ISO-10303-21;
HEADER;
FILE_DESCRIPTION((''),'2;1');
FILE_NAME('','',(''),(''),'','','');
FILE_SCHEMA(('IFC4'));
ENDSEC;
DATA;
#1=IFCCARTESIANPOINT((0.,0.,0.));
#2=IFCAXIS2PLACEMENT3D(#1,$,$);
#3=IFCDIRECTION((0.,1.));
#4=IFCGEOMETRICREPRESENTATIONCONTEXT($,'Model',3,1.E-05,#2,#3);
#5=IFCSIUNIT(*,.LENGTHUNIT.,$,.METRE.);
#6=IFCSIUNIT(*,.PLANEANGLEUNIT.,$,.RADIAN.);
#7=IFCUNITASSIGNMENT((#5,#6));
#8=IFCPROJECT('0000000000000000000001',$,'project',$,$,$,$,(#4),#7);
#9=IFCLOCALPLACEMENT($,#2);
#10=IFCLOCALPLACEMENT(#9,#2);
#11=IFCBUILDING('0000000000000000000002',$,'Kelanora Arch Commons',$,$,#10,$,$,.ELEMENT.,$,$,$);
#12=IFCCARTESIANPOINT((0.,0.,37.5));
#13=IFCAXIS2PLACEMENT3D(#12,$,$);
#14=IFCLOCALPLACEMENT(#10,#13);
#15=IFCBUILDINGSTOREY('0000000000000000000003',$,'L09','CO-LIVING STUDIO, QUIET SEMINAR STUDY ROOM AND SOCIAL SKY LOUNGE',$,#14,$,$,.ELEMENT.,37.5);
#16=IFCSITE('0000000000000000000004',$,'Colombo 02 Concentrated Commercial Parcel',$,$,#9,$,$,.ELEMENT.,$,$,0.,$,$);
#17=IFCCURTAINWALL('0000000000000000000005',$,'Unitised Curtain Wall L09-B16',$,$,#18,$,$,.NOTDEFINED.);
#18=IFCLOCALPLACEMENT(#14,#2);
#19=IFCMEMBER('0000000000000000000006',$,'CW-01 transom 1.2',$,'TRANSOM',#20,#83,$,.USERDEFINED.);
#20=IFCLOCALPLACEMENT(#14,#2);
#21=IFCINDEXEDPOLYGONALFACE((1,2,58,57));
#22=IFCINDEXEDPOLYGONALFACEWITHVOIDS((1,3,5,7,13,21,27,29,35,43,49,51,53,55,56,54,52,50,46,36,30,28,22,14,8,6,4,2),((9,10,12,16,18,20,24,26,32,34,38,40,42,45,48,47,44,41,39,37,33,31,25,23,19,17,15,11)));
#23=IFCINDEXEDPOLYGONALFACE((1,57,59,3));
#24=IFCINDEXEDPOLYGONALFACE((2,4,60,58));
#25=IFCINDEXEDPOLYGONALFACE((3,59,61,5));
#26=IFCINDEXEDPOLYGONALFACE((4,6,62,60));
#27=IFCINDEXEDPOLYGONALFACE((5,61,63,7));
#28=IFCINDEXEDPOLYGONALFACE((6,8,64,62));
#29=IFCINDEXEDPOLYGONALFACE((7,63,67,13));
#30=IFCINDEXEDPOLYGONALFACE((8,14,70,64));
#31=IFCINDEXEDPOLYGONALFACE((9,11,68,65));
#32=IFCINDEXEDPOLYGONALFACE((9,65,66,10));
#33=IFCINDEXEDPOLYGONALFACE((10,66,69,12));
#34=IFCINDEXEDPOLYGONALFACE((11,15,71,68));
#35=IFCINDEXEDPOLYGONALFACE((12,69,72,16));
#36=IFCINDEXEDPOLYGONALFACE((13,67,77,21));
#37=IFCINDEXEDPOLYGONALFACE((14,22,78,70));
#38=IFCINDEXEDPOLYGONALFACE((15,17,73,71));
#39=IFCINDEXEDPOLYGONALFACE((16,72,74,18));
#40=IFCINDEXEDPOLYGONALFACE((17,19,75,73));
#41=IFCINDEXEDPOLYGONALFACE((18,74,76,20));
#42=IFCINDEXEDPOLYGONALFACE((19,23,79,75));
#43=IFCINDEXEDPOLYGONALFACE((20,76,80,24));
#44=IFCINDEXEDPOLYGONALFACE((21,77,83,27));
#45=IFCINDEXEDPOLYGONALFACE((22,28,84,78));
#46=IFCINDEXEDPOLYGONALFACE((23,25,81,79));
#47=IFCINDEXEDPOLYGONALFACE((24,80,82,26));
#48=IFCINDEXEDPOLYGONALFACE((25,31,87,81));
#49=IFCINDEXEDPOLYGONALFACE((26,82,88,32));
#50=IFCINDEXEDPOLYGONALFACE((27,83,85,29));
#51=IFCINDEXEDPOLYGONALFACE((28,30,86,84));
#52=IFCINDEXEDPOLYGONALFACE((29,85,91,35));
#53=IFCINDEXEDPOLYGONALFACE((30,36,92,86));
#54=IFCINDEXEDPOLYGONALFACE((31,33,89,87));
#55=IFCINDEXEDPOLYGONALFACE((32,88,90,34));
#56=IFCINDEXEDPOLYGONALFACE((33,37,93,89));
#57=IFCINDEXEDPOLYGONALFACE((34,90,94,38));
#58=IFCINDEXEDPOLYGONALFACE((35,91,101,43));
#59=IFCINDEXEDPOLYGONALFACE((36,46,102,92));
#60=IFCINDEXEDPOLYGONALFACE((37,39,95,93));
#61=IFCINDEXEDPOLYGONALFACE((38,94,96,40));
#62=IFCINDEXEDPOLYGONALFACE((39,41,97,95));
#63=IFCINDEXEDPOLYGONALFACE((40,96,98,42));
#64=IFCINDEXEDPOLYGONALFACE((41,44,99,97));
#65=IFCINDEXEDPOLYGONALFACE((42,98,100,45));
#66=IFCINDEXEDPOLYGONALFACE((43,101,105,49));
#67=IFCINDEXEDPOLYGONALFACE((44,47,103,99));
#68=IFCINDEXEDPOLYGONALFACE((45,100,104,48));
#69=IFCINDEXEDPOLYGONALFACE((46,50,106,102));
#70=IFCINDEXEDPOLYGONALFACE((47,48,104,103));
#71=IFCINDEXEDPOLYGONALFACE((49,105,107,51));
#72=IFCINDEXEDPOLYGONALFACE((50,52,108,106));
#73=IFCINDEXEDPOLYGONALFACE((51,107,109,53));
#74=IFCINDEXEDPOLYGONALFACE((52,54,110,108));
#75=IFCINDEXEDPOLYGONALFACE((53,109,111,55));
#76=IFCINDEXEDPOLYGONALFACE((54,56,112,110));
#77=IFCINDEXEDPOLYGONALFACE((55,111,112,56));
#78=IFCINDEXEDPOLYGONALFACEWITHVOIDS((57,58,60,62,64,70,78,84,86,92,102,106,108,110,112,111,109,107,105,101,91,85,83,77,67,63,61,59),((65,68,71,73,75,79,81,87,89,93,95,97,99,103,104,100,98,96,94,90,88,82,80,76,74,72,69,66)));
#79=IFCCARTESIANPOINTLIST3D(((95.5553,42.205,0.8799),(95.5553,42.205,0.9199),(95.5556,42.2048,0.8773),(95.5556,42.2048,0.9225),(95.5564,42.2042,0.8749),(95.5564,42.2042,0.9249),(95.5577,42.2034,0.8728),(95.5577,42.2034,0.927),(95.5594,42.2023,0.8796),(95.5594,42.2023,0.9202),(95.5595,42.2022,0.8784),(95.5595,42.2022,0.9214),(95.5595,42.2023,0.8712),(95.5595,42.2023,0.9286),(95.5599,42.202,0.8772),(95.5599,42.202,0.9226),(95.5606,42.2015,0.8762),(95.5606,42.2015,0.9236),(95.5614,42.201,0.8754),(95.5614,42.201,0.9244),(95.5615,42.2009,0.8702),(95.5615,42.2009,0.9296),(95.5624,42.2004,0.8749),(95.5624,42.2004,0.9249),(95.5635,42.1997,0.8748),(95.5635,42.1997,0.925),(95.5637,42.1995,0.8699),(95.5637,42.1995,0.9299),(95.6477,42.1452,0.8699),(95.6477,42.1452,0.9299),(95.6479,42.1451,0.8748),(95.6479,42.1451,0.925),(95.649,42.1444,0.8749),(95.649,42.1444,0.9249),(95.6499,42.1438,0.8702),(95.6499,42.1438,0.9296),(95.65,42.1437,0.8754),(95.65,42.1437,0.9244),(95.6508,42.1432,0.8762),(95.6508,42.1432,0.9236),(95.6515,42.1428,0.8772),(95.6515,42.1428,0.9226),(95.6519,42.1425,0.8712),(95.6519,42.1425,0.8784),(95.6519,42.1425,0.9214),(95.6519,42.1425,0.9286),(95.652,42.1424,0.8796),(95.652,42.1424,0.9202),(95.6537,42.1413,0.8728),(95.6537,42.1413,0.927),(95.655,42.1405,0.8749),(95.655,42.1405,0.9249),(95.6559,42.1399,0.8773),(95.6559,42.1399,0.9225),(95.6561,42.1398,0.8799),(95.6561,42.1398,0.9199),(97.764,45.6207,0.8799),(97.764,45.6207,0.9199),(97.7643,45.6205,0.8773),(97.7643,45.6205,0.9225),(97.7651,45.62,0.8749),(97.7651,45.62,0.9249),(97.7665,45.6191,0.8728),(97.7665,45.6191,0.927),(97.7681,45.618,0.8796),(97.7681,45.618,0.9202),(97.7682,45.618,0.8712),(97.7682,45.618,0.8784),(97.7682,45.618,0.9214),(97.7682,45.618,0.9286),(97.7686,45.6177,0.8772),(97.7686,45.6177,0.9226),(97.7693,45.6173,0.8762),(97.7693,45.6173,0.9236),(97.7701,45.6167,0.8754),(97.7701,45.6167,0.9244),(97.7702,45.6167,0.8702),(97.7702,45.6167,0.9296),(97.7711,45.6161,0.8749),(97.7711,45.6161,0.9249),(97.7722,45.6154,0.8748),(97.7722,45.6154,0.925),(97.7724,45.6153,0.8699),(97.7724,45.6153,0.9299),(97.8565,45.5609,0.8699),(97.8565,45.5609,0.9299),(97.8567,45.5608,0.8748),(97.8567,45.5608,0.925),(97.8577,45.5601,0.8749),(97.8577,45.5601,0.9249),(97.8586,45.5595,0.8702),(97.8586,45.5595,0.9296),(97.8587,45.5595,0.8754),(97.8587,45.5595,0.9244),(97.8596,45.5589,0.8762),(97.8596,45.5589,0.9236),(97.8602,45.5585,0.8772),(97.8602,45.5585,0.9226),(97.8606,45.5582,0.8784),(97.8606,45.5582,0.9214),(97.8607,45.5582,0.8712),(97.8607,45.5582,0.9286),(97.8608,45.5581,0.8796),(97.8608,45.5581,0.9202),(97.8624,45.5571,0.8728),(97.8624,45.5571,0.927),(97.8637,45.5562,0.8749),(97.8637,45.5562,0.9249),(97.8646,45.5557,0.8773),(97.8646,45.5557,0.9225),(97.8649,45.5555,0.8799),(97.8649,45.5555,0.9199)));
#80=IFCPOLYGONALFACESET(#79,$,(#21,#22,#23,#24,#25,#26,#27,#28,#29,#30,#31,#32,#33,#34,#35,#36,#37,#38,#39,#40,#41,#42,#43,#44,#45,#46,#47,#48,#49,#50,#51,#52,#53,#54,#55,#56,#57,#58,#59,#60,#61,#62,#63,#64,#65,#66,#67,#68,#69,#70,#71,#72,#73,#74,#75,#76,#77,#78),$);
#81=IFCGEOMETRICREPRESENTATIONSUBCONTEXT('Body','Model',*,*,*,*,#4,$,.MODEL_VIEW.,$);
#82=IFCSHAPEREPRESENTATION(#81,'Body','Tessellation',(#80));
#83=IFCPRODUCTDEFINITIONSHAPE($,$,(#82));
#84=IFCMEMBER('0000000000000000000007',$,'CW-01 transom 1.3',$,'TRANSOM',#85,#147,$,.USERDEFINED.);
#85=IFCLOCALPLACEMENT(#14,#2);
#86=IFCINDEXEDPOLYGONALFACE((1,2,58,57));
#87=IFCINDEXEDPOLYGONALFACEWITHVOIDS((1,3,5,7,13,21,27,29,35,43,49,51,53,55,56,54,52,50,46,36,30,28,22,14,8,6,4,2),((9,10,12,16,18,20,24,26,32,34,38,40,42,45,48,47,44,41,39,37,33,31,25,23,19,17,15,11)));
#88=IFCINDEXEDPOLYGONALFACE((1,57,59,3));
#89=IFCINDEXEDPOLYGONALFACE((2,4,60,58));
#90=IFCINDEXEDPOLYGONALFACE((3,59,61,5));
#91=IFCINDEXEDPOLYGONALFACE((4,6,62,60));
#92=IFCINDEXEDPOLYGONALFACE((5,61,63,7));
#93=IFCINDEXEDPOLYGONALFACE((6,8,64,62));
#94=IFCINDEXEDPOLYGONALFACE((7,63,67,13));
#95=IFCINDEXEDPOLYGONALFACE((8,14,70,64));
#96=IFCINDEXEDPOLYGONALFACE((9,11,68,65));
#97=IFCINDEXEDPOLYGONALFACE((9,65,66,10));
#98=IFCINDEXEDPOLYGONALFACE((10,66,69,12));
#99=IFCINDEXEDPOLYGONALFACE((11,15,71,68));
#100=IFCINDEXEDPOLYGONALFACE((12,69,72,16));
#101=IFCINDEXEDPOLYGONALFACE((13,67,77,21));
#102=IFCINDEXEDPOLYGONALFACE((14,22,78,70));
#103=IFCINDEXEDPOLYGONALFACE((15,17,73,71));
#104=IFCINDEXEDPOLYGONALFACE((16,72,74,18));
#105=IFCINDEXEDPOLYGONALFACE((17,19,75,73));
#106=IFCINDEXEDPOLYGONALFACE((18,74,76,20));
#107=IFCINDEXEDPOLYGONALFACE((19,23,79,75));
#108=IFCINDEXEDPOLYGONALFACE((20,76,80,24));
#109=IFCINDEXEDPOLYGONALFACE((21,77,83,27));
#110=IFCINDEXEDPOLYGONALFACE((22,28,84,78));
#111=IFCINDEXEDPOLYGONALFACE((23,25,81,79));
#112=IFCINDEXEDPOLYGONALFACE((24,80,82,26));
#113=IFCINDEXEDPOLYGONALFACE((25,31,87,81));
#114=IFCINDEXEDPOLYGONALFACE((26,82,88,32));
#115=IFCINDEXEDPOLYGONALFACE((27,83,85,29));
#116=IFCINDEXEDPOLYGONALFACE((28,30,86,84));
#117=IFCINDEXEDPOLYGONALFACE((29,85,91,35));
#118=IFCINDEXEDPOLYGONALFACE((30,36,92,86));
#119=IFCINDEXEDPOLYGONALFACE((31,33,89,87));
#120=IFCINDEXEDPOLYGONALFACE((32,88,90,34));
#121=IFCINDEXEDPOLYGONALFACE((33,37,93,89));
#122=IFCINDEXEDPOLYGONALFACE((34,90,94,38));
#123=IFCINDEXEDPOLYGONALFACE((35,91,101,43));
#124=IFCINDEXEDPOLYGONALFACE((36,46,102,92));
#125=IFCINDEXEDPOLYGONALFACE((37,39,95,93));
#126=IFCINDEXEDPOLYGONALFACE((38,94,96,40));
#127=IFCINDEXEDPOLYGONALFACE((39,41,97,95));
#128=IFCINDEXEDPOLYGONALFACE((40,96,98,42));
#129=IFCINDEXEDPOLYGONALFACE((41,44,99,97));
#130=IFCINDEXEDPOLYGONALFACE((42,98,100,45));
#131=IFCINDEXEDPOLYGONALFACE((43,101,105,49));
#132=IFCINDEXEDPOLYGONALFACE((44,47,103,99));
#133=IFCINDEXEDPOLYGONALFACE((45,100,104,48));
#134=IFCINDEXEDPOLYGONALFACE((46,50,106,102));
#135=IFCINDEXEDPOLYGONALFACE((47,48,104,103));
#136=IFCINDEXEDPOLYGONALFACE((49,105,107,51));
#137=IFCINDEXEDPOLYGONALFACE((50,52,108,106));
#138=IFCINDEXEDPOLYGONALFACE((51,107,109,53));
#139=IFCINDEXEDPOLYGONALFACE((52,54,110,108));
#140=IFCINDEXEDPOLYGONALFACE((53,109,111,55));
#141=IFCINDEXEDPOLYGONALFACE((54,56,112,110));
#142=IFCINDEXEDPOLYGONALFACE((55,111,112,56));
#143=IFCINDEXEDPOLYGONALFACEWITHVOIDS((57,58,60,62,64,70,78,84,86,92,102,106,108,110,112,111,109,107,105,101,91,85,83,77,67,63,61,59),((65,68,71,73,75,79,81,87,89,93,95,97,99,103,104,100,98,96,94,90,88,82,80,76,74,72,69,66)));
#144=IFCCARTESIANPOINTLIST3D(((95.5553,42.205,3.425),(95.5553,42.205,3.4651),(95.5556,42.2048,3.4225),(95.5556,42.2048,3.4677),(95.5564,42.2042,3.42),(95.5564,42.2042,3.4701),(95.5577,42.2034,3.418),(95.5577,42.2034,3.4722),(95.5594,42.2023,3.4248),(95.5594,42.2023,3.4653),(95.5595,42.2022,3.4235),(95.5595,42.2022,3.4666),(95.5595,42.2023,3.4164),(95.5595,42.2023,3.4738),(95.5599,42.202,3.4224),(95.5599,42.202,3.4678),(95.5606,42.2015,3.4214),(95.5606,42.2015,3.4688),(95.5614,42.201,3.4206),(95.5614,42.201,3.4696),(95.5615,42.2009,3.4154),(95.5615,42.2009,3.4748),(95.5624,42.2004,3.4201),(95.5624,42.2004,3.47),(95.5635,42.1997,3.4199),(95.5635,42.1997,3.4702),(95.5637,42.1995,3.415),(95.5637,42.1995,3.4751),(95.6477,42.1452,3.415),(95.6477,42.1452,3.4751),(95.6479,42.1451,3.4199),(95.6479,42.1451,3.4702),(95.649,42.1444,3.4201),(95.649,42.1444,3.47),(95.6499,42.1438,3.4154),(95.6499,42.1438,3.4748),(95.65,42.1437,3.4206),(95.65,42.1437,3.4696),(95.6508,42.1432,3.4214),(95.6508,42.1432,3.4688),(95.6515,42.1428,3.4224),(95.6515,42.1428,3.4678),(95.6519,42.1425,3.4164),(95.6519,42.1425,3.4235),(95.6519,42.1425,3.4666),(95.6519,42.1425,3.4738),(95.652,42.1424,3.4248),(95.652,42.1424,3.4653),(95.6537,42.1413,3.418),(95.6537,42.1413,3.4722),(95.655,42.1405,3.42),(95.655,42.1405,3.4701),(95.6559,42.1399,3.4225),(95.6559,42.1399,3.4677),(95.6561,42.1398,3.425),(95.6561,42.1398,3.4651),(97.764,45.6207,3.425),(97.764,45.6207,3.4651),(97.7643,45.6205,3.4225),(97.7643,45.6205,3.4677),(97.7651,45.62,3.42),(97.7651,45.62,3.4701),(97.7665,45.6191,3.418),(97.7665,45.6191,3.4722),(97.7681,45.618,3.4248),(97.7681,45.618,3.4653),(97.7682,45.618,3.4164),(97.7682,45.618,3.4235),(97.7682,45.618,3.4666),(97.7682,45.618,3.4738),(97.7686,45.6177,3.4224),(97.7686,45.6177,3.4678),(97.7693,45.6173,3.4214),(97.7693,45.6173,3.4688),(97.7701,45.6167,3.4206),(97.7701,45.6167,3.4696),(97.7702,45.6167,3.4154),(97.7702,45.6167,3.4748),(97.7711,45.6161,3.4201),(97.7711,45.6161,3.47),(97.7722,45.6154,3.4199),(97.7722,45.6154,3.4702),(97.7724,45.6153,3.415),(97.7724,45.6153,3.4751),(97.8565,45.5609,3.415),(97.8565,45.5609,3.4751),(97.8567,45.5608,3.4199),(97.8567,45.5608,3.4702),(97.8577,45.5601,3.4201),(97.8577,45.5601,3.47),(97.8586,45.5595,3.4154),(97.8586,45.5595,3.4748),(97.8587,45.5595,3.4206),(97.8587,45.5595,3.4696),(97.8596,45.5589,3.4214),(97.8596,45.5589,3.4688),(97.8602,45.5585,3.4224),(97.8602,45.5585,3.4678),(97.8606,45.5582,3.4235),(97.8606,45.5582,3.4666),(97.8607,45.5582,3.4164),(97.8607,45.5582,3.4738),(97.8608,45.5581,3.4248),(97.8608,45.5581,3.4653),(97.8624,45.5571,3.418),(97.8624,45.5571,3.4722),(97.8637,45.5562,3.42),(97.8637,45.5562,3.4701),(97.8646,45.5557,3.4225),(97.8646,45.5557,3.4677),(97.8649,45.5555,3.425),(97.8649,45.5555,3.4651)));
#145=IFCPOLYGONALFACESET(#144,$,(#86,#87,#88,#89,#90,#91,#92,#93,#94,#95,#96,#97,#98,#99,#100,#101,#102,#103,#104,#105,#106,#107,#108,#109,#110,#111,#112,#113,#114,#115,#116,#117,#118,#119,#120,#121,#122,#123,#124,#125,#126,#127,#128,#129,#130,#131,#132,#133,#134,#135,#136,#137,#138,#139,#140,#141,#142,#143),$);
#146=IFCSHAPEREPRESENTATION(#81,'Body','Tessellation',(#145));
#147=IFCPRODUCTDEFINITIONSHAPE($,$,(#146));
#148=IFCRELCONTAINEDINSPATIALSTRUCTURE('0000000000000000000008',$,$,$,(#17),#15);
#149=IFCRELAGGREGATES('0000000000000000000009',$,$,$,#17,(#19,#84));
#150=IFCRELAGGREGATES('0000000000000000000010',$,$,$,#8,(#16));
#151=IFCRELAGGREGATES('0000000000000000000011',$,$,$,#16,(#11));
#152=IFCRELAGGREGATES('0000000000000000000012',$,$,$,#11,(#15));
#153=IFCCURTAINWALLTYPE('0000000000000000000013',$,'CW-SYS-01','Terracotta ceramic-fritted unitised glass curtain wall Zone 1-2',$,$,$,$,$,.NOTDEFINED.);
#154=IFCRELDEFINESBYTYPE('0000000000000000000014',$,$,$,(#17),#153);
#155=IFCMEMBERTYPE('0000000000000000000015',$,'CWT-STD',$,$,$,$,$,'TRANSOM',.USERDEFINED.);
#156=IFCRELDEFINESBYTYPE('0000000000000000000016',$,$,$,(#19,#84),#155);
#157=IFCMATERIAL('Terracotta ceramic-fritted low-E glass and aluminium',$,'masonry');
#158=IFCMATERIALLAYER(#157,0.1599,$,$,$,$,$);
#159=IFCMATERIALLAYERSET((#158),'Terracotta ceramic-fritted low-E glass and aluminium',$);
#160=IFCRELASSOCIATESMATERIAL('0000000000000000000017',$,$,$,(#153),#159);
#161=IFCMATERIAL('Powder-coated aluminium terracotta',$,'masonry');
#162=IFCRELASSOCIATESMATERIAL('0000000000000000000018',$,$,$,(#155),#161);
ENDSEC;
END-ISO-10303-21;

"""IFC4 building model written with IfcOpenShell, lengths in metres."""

from ifc_helpers import new_model, si_unit, direction, frame, origin, origin_2d, place, context, subcontext, project, spatial, hollow_rectangle, extrude, material, layer, layer_set, material_profile, profile_set, type_object, element, aggregate, save


model = new_model("IFC4")

# Units and contexts
model_context = context("Model", 3, precision=1e-05, world=origin(), true_north=direction((0.0, 1.0)))
body_context = subcontext(model_context, "Body", "Model", "MODEL_VIEW")
ifc_project = project(units=[si_unit("LENGTHUNIT", "METRE"), si_unit("PLANEANGLEUNIT", "RADIAN")], contexts=[model_context])

# Site, building, storey
site_placement = place(None, origin())
site = spatial("IfcSite", under=ifc_project, at=site_placement, Name="Colombo 02 Concentrated Commercial Parcel", CompositionType="ELEMENT", RefElevation=0.0)
building_placement = place(site_placement, origin())
building = spatial("IfcBuilding", under=site, at=building_placement, Name="Kelanora Arch Commons", CompositionType="ELEMENT")
storey_placement = place(building_placement, frame((0.0, 0.0, 37.5)))
storey = spatial("IfcBuildingStorey", under=building, at=storey_placement, Name="L09", Description="CO-LIVING STUDIO, QUIET SEMINAR STUDY ROOM AND SOCIAL SKY LOUNGE", CompositionType="ELEMENT", Elevation=37.5)

# Shared definitions
ifc_material_1 = material(Name="Terracotta ceramic-fritted low-E glass and aluminium", Category="masonry")
ifc_layer_1 = layer(ifc_material_1, 0.1599)
ifc_layer_set_1 = layer_set([ifc_layer_1], Name="Terracotta ceramic-fritted low-E glass and aluminium")
curtain_wall_type = type_object("IfcCurtainWallType", Name="CW-SYS-01", Description="Terracotta ceramic-fritted unitised glass curtain wall Zone 1-2", PredefinedType="NOTDEFINED", material=ifc_layer_set_1)
ifc_material_2 = material(Name="Powder-coated aluminium terracotta", Category="masonry")

# Curtain wall, members
curtain_wall_1_placement = place(storey_placement, origin())
curtain_wall_1 = element("IfcCurtainWall", 1, at=curtain_wall_1_placement, inside=storey, type_object=curtain_wall_type, Name="Unitised Curtain Wall L09-B16", PredefinedType="NOTDEFINED")
ifc_material_profile_1 = material_profile(ifc_material_2, hollow_rectangle(XDim=0.1201, YDim=0.0601, WallThickness=0.0049, InnerFilletRadius=0.0049, OuterFilletRadius=0.01, at=origin_2d()), Name="CWT120x60")
ifc_profile_set_1 = profile_set([ifc_material_profile_1], Name="Powder-coated aluminium terracotta")
member_type_1 = type_object("IfcMemberType", Name="CWT-STD", ElementType="TRANSOM", PredefinedType="USERDEFINED", material=ifc_profile_set_1)
member_1_placement = place(storey_placement, frame((95.6057, 42.1724, 0.8999), z_axis=(0.542997, 0.839734, 0.0), x_axis=(-0.839734, 0.542997, 0.0)))
member_1 = element("IfcMember", 2, at=member_1_placement, type_object=member_type_1, Name="CW-01 transom 1.2", ObjectType="TRANSOM", PredefinedType="USERDEFINED", context=body_context, shape_type="SweptSolid", body=[
    extrude(hollow_rectangle(XDim=0.1201, YDim=0.0601, WallThickness=0.0049, InnerFilletRadius=0.0049, OuterFilletRadius=0.01, at=origin_2d()), origin(), (0.0, 0.0, 1.0), 4.0676),
])
member_2_placement = place(storey_placement, frame((95.6057, 42.1724, 3.4451), z_axis=(0.542997, 0.839734, 0.0), x_axis=(-0.839734, 0.542997, 0.0)))
member_2 = element("IfcMember", 3, at=member_2_placement, type_object=member_type_1, Name="CW-01 transom 1.3", ObjectType="TRANSOM", PredefinedType="USERDEFINED", context=body_context, shape_type="SweptSolid", body=[
    extrude(hollow_rectangle(XDim=0.1201, YDim=0.0601, WallThickness=0.0049, InnerFilletRadius=0.0049, OuterFilletRadius=0.01, at=origin_2d()), origin(), (0.0, 0.0, 1.0), 4.0676),
])

aggregate(curtain_wall_1, [member_1, member_2])

save(model, "model.ifc")
